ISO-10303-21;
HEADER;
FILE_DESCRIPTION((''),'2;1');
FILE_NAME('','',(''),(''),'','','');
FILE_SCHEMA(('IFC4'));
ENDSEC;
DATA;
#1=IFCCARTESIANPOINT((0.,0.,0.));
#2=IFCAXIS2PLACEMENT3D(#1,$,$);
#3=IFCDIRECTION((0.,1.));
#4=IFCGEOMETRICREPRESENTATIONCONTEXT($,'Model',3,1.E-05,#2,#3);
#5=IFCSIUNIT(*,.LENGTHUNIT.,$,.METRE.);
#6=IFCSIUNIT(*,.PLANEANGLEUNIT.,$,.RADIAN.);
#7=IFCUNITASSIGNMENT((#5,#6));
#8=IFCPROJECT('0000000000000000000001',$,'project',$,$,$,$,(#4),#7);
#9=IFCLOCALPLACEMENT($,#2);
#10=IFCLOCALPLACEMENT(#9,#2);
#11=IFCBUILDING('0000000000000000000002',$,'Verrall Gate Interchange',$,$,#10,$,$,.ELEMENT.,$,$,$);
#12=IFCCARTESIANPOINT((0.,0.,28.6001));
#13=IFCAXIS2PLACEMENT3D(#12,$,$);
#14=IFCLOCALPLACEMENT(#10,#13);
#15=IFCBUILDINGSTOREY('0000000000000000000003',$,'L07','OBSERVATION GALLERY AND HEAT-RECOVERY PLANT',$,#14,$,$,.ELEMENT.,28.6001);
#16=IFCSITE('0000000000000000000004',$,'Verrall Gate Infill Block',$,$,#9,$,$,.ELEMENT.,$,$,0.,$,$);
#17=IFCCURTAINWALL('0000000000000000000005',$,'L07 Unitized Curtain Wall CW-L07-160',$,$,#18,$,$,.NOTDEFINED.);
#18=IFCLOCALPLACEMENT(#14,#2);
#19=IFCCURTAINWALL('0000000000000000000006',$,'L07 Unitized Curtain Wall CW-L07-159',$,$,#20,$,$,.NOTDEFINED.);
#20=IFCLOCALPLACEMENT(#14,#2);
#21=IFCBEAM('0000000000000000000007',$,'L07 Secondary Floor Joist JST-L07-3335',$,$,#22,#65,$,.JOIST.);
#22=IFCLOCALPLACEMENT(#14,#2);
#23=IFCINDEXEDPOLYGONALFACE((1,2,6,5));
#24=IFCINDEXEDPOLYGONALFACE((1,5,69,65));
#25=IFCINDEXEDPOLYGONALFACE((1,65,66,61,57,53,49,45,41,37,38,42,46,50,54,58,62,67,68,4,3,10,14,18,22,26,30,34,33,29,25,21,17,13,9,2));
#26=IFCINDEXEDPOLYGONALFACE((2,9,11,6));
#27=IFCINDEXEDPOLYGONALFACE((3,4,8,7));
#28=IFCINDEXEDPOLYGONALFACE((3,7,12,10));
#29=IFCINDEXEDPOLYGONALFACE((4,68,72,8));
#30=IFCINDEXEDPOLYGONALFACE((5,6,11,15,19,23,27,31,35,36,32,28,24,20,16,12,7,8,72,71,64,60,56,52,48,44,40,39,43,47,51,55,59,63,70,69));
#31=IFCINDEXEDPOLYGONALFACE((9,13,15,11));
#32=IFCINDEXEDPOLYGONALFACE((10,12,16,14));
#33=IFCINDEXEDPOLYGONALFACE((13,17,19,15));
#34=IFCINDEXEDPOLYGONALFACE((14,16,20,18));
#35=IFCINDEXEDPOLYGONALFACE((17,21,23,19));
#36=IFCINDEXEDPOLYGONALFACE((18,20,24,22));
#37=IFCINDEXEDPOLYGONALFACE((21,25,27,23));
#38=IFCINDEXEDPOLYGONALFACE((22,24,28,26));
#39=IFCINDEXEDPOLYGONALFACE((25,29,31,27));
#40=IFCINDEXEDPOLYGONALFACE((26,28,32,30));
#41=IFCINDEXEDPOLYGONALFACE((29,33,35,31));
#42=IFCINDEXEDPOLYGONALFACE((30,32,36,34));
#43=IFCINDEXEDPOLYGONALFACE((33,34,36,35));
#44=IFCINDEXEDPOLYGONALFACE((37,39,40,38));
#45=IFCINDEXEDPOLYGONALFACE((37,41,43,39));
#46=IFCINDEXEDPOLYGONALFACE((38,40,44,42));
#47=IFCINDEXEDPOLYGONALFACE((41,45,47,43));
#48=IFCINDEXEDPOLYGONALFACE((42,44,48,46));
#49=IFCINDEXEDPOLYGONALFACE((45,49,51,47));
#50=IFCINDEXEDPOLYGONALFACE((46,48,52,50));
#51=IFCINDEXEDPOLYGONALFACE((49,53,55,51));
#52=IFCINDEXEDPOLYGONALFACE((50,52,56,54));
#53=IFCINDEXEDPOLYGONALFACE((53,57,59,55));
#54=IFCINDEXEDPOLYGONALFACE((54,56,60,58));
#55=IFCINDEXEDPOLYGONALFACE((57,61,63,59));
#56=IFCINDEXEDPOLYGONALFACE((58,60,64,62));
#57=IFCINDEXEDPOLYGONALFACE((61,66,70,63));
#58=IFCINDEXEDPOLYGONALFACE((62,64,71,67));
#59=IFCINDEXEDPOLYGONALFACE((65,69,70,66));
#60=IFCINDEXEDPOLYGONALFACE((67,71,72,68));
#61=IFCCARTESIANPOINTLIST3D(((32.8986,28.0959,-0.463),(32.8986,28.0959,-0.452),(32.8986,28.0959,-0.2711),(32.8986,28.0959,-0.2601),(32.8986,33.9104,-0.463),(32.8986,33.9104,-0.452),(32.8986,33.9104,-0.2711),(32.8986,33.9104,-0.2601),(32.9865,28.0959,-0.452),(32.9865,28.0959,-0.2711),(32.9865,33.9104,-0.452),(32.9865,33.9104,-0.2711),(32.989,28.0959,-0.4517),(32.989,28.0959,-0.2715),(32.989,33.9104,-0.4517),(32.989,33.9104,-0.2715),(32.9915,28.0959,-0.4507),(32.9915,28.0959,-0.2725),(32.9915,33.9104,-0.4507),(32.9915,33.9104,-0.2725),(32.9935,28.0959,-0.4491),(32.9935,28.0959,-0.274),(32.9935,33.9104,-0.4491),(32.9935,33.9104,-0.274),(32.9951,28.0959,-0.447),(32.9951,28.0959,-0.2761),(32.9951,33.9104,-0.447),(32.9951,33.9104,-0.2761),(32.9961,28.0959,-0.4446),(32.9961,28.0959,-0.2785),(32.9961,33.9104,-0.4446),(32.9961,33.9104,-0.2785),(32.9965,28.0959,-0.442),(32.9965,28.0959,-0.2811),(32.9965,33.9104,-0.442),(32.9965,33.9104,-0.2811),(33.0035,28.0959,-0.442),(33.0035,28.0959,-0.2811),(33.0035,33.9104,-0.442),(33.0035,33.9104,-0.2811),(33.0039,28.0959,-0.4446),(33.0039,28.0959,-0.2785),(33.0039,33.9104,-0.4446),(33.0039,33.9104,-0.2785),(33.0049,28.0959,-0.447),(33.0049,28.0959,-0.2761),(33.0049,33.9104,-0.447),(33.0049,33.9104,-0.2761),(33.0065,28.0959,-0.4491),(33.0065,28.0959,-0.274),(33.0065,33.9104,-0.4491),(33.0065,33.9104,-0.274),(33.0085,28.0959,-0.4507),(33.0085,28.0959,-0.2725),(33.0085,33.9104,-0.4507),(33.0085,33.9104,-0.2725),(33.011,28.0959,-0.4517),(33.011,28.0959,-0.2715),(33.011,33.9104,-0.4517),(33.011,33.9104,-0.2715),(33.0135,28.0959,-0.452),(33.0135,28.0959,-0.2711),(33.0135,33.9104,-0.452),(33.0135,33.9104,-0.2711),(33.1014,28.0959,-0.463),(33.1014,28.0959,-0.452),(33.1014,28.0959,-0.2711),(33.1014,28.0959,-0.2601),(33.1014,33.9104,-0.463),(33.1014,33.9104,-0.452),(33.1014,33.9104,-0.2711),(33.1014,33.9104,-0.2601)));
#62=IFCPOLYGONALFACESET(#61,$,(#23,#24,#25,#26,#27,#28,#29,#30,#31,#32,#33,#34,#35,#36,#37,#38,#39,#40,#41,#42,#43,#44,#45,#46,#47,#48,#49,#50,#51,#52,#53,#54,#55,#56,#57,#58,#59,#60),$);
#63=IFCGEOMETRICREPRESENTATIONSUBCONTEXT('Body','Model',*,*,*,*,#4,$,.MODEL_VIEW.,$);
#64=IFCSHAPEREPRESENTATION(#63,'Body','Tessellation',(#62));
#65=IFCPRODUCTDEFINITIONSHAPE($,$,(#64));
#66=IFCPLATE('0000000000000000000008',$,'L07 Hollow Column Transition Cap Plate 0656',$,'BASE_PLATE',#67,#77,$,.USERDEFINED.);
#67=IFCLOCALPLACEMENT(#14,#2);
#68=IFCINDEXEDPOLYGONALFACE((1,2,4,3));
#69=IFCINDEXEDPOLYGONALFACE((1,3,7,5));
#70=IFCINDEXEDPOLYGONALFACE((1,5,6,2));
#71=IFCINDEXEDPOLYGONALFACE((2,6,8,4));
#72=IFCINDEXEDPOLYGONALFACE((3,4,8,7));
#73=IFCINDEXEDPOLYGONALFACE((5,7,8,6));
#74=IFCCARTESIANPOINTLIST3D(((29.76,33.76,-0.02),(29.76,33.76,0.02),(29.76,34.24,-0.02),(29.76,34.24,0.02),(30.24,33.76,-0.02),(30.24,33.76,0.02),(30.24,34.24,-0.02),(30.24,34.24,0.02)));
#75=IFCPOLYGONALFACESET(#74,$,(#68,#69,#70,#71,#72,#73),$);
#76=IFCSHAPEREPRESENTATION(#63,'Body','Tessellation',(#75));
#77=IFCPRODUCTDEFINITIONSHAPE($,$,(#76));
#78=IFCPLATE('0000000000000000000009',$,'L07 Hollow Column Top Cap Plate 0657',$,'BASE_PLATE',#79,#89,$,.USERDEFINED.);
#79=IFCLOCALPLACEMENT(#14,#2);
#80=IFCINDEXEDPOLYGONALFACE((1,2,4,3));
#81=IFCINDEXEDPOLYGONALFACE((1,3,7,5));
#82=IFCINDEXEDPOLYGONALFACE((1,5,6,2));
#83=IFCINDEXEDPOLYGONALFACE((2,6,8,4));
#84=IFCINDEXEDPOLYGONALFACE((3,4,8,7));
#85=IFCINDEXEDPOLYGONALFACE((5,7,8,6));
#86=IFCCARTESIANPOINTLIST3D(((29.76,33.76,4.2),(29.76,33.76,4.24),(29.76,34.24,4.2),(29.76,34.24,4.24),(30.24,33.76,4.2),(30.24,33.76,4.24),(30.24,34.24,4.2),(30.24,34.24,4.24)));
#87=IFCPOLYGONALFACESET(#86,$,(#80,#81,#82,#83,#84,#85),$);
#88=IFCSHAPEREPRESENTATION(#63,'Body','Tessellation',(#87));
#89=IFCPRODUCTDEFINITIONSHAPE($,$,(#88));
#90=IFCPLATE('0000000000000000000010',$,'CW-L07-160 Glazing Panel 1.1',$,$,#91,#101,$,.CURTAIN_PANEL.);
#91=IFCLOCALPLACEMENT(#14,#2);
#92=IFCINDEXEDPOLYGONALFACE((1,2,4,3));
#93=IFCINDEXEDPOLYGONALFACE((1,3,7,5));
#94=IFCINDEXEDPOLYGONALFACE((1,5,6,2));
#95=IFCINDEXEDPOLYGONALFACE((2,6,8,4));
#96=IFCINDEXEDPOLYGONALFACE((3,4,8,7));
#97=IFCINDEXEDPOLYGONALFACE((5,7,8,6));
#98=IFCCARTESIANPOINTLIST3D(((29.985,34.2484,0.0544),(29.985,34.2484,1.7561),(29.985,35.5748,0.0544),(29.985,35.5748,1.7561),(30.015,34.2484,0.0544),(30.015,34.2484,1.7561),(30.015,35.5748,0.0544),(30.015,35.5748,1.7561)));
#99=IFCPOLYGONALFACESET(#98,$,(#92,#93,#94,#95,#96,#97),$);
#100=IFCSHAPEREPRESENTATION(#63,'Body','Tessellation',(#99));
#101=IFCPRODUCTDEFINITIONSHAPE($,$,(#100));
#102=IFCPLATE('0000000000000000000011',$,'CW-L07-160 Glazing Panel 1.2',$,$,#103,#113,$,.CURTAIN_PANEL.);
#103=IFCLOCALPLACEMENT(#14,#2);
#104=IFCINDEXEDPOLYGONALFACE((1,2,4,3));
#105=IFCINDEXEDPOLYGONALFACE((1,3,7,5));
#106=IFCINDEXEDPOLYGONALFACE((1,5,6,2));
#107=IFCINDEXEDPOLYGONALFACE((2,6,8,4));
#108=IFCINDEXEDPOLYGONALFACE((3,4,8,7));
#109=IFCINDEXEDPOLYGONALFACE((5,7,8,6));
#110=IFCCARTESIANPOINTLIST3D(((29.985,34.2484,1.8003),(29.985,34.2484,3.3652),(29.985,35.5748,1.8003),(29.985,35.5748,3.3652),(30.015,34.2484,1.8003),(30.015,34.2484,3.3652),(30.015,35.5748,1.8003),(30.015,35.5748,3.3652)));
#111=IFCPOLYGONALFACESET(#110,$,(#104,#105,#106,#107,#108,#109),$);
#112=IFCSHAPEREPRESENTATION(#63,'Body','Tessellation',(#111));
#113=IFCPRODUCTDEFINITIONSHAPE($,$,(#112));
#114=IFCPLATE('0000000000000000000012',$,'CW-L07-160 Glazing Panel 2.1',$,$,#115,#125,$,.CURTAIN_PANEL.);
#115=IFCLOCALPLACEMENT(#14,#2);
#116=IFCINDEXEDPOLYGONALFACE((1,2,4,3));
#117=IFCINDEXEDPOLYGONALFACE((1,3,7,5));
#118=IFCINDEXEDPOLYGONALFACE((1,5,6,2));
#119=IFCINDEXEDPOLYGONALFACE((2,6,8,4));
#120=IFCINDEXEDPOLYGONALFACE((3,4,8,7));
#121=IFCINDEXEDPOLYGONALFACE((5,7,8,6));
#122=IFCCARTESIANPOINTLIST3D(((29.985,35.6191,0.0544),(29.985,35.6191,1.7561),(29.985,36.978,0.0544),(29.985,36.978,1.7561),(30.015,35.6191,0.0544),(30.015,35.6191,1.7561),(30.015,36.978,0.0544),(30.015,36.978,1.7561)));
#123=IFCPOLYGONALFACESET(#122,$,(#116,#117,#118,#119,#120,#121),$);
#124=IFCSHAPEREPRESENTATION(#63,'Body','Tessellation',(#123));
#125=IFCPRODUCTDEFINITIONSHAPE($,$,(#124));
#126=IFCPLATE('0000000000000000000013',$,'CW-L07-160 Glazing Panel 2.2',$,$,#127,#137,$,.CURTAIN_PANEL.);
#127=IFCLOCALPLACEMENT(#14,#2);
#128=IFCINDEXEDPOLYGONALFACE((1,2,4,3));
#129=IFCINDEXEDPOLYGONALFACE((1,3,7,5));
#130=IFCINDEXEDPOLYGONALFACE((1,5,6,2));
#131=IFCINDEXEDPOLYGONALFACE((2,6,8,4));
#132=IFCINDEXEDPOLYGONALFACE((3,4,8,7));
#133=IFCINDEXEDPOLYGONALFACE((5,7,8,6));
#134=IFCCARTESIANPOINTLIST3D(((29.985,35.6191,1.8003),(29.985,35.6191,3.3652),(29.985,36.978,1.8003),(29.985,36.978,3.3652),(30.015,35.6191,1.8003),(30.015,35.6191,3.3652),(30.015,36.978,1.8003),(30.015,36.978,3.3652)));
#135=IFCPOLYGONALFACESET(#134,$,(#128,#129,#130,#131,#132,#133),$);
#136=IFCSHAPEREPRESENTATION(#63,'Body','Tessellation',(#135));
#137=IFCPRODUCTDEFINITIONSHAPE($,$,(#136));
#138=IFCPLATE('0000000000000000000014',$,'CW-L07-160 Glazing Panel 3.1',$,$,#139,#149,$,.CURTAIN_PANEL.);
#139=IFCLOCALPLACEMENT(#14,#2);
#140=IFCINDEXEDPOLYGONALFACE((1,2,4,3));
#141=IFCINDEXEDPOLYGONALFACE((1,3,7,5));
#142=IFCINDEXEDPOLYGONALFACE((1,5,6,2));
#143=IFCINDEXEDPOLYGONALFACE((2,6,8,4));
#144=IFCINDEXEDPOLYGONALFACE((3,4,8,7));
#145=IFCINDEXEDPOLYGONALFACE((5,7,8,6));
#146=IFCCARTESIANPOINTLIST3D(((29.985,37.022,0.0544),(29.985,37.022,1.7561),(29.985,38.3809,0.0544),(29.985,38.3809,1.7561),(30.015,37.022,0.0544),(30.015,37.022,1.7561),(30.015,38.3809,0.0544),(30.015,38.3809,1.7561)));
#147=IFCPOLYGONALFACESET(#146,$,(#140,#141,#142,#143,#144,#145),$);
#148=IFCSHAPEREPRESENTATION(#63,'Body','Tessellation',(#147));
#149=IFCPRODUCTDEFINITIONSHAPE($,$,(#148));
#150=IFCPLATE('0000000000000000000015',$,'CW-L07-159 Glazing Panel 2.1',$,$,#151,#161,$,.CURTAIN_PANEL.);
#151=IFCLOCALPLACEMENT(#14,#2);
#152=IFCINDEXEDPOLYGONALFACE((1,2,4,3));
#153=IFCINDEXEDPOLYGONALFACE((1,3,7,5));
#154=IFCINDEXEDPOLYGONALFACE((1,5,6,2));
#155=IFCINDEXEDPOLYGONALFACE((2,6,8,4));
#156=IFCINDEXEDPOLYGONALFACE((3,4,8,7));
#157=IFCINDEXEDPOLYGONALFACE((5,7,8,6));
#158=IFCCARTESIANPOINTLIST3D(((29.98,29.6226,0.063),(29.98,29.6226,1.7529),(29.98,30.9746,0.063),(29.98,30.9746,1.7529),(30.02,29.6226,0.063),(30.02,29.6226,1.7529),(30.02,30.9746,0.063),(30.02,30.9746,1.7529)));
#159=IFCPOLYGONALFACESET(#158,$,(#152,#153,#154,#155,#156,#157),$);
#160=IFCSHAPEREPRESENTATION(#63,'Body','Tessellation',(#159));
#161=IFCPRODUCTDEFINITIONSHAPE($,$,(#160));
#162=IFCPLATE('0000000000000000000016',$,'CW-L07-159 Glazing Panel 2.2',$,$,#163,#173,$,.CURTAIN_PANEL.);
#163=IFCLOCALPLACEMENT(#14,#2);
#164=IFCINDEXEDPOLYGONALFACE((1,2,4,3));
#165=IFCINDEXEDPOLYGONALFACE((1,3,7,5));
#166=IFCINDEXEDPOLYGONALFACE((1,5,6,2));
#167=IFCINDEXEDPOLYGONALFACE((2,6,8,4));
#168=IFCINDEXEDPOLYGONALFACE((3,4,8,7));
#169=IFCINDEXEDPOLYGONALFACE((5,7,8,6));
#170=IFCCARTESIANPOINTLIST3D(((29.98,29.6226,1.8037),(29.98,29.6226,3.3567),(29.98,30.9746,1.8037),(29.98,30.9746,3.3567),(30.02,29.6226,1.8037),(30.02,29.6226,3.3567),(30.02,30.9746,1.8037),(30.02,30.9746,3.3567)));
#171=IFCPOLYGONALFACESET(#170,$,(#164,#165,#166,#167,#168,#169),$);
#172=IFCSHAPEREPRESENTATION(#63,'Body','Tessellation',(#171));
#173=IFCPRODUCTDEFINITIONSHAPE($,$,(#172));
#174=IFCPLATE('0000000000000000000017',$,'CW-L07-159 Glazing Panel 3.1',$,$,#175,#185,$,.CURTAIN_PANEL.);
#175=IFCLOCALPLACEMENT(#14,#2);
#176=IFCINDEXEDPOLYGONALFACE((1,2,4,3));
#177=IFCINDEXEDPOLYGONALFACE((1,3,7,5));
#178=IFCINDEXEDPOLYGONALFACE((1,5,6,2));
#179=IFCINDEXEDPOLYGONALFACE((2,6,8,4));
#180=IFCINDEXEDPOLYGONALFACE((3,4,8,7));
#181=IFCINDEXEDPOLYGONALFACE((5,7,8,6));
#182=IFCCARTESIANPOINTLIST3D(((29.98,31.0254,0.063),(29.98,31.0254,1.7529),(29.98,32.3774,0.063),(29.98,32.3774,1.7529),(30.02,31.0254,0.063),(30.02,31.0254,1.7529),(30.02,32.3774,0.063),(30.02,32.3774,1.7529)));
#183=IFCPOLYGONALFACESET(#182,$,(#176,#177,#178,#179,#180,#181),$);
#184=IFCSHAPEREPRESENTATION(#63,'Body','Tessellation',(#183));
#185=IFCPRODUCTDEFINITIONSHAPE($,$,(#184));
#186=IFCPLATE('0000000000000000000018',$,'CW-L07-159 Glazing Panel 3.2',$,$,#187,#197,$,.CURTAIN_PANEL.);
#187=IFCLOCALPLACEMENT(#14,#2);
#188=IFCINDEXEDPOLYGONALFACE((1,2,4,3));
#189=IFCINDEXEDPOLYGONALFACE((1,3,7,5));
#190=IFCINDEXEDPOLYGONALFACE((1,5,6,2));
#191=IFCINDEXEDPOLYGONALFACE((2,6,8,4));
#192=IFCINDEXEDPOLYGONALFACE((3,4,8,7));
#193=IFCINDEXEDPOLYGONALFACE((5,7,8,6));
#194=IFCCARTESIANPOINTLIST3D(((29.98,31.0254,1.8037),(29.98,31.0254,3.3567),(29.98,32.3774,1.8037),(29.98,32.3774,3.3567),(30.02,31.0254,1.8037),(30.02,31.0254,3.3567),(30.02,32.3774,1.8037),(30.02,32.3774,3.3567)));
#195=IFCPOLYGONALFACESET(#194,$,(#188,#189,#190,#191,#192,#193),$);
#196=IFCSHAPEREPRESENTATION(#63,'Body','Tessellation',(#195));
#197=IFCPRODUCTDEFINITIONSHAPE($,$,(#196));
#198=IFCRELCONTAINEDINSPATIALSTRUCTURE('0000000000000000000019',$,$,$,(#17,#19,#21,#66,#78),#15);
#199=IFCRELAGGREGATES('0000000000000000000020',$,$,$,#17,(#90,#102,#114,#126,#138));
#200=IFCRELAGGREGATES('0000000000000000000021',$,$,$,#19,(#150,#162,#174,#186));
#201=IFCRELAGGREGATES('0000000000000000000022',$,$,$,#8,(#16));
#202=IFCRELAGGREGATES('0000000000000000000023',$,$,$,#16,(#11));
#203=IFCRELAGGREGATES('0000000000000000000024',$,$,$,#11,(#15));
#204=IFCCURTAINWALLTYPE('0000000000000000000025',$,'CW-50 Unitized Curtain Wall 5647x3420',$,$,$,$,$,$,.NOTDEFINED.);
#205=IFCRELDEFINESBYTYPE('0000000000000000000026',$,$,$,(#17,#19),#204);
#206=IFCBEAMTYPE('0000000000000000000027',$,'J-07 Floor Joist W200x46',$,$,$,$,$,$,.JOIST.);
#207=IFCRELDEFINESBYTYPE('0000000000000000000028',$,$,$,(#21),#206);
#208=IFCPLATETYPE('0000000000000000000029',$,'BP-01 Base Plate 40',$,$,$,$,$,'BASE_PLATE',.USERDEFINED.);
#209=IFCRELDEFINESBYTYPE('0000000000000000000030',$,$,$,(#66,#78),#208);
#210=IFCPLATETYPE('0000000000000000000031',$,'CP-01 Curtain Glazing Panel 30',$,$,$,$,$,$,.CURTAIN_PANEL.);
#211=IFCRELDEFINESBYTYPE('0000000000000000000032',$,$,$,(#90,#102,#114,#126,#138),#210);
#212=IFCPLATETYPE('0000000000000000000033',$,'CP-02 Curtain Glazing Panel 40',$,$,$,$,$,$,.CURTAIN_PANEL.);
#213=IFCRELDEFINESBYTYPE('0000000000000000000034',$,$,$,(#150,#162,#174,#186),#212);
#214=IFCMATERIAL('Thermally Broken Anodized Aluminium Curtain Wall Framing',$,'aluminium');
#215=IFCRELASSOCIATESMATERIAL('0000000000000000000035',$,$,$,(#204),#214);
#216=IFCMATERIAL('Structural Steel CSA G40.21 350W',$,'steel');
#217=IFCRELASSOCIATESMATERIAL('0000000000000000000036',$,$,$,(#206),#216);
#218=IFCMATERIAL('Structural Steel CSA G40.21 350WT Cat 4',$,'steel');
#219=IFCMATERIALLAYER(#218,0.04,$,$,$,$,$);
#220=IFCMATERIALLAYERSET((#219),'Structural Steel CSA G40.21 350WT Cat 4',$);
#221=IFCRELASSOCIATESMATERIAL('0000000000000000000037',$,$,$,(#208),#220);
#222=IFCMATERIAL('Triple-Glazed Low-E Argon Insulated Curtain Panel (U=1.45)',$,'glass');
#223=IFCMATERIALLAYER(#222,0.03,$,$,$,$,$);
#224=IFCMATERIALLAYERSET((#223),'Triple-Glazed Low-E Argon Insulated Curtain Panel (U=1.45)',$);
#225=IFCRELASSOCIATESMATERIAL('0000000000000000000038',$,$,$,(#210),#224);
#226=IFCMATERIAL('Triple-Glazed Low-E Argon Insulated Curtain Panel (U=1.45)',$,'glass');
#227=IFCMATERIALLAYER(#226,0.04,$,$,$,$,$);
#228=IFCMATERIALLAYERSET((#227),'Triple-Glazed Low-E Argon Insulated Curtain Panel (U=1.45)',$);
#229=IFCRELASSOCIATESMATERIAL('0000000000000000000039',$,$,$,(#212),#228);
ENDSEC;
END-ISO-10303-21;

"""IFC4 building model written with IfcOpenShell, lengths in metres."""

from ifc_helpers import new_model, si_unit, direction, frame, origin, origin_2d, place, context, subcontext, project, spatial, rectangle, i_section, extrude, material, layer, layer_set, material_profile, profile_set, type_object, element, aggregate, save


model = new_model("IFC4")

# Units and contexts
model_context = context("Model", 3, precision=1e-05, world=origin(), true_north=direction((0.0, 1.0)))
body_context = subcontext(model_context, "Body", "Model", "MODEL_VIEW")
ifc_project = project(units=[si_unit("LENGTHUNIT", "METRE"), si_unit("PLANEANGLEUNIT", "RADIAN")], contexts=[model_context])

# Site, building, storey
site_placement = place(None, origin())
site = spatial("IfcSite", under=ifc_project, at=site_placement, Name="Verrall Gate Infill Block", CompositionType="ELEMENT", RefElevation=0.0)
building_placement = place(site_placement, origin())
building = spatial("IfcBuilding", under=site, at=building_placement, Name="Verrall Gate Interchange", CompositionType="ELEMENT")
storey_placement = place(building_placement, frame((0.0, 0.0, 28.6001)))
storey = spatial("IfcBuildingStorey", under=building, at=storey_placement, Name="L07", Description="OBSERVATION GALLERY AND HEAT-RECOVERY PLANT", CompositionType="ELEMENT", Elevation=28.6001)

# Curtain walls
ifc_material_1 = material(Name="Thermally Broken Anodized Aluminium Curtain Wall Framing", Category="aluminium")
curtain_wall_type = type_object("IfcCurtainWallType", Name="CW-50 Unitized Curtain Wall 5647x3420", PredefinedType="NOTDEFINED", material=ifc_material_1)
curtain_wall_1_placement = place(storey_placement, origin())
curtain_wall_1 = element("IfcCurtainWall", 1, at=curtain_wall_1_placement, inside=storey, type_object=curtain_wall_type, Name="L07 Unitized Curtain Wall CW-L07-160", PredefinedType="NOTDEFINED")
curtain_wall_2_placement = place(storey_placement, origin())
curtain_wall_2 = element("IfcCurtainWall", 2, at=curtain_wall_2_placement, inside=storey, type_object=curtain_wall_type, Name="L07 Unitized Curtain Wall CW-L07-159", PredefinedType="NOTDEFINED")

# Beam
ifc_material_2 = material(Name="Structural Steel CSA G40.21 350W", Category="steel")
ifc_material_profile_1 = material_profile(ifc_material_2, i_section(OverallWidth=0.2029, OverallDepth=0.2029, WebThickness=0.0071, FlangeThickness=0.011, FilletRadius=0.01, at=origin_2d()), Name="W200x46")
ifc_profile_set_1 = profile_set([ifc_material_profile_1], Name="Structural Steel CSA G40.21 350W")
beam_type_1 = type_object("IfcBeamType", Name="J-07 Floor Joist W200x46", PredefinedType="JOIST", material=ifc_profile_set_1)
beam_1_placement = place(storey_placement, frame((33.0, 28.0959, -0.3616), z_axis=(0.0, 1.0, 0.0), x_axis=(-1.0, 0.0, 0.0)))
element("IfcBeam", 3, at=beam_1_placement, inside=storey, type_object=beam_type_1, Name="L07 Secondary Floor Joist JST-L07-3335", PredefinedType="JOIST", context=body_context, shape_type="SweptSolid", body=[
    extrude(i_section(OverallWidth=0.2029, OverallDepth=0.2029, WebThickness=0.0071, FlangeThickness=0.011, FilletRadius=0.01, at=origin_2d()), origin(), (0.0, 0.0, 1.0), 5.8145),
])

# Plates
ifc_material_3 = material(Name="Structural Steel CSA G40.21 350WT Cat 4", Category="steel")
ifc_layer_1 = layer(ifc_material_3, 0.04)
ifc_layer_set_1 = layer_set([ifc_layer_1], Name="Structural Steel CSA G40.21 350WT Cat 4")
plate_type_1 = type_object("IfcPlateType", Name="BP-01 Base Plate 40", ElementType="BASE_PLATE", PredefinedType="USERDEFINED", material=ifc_layer_set_1)
for number, where, z_axis, x_axis, name in (
    (4, (30.0, 34.0, -0.02), (0.0, 0.0, 1.0), (1.0, 0.0, 0.0), "L07 Hollow Column Transition Cap Plate 0656"),
    (5, (30.0, 34.0, 4.2), (0.0, 0.0, 1.0), (1.0, 0.0, 0.0), "L07 Hollow Column Top Cap Plate 0657"),
):
    element("IfcPlate", number, at=place(storey_placement, frame(where, z_axis=z_axis, x_axis=x_axis)), inside=storey, type_object=plate_type_1, Name=name, ObjectType="BASE_PLATE", PredefinedType="USERDEFINED", context=body_context, shape_type="SweptSolid", body=[
        extrude(rectangle(XDim=0.48, YDim=0.48, at=origin_2d()), origin(), (0.0, 0.0, 1.0), 0.04),
    ])

# Plates
ifc_material_4 = material(Name="Triple-Glazed Low-E Argon Insulated Curtain Panel (U=1.45)", Category="glass")
ifc_layer_2 = layer(ifc_material_4, 0.03)
ifc_layer_set_2 = layer_set([ifc_layer_2], Name="Triple-Glazed Low-E Argon Insulated Curtain Panel (U=1.45)")
plate_type_2 = type_object("IfcPlateType", Name="CP-01 Curtain Glazing Panel 30", PredefinedType="CURTAIN_PANEL", material=ifc_layer_set_2)
plate_1_placement = place(storey_placement, frame((30.0, 34.9116, 0.0544), z_axis=(0.0, 0.0, 1.0), x_axis=(0.0, 1.0, 0.0)))
plate_1 = element("IfcPlate", 6, at=plate_1_placement, type_object=plate_type_2, Name="CW-L07-160 Glazing Panel 1.1", PredefinedType="CURTAIN_PANEL", context=body_context, shape_type="SweptSolid", body=[
    extrude(rectangle(XDim=1.3264, YDim=0.03, at=origin_2d()), origin(), (0.0, 0.0, 1.0), 1.7017),
])
plate_2_placement = place(storey_placement, frame((30.0, 34.9116, 1.8003), z_axis=(0.0, 0.0, 1.0), x_axis=(0.0, 1.0, 0.0)))
plate_2 = element("IfcPlate", 7, at=plate_2_placement, type_object=plate_type_2, Name="CW-L07-160 Glazing Panel 1.2", PredefinedType="CURTAIN_PANEL", context=body_context, shape_type="SweptSolid", body=[
    extrude(rectangle(XDim=1.3264, YDim=0.03, at=origin_2d()), origin(), (0.0, 0.0, 1.0), 1.5649),
])
plate_3_placement = place(storey_placement, frame((30.0, 36.2986, 0.0544), z_axis=(0.0, 0.0, 1.0), x_axis=(0.0, 1.0, 0.0)))
plate_3 = element("IfcPlate", 8, at=plate_3_placement, type_object=plate_type_2, Name="CW-L07-160 Glazing Panel 2.1", PredefinedType="CURTAIN_PANEL", context=body_context, shape_type="SweptSolid", body=[
    extrude(rectangle(XDim=1.3589, YDim=0.03, at=origin_2d()), origin(), (0.0, 0.0, 1.0), 1.7017),
])
plate_4_placement = place(storey_placement, frame((30.0, 36.2986, 1.8003), z_axis=(0.0, 0.0, 1.0), x_axis=(0.0, 1.0, 0.0)))
plate_4 = element("IfcPlate", 9, at=plate_4_placement, type_object=plate_type_2, Name="CW-L07-160 Glazing Panel 2.2", PredefinedType="CURTAIN_PANEL", context=body_context, shape_type="SweptSolid", body=[
    extrude(rectangle(XDim=1.3589, YDim=0.03, at=origin_2d()), origin(), (0.0, 0.0, 1.0), 1.5649),
])
plate_5_placement = place(storey_placement, frame((30.0, 37.7014, 0.0544), z_axis=(0.0, 0.0, 1.0), x_axis=(0.0, 1.0, 0.0)))
plate_5 = element("IfcPlate", 10, at=plate_5_placement, type_object=plate_type_2, Name="CW-L07-160 Glazing Panel 3.1", PredefinedType="CURTAIN_PANEL", context=body_context, shape_type="SweptSolid", body=[
    extrude(rectangle(XDim=1.3589, YDim=0.03, at=origin_2d()), origin(), (0.0, 0.0, 1.0), 1.7017),
])
aggregate(curtain_wall_1, [plate_1, plate_2, plate_3, plate_4, plate_5])
ifc_material_5 = material(Name="Triple-Glazed Low-E Argon Insulated Curtain Panel (U=1.45)", Category="glass")
ifc_layer_3 = layer(ifc_material_5, 0.04)
ifc_layer_set_3 = layer_set([ifc_layer_3], Name="Triple-Glazed Low-E Argon Insulated Curtain Panel (U=1.45)")
plate_type_3 = type_object("IfcPlateType", Name="CP-02 Curtain Glazing Panel 40", PredefinedType="CURTAIN_PANEL", material=ifc_layer_set_3)
plate_6_placement = place(storey_placement, frame((30.0, 30.2986, 0.063), z_axis=(0.0, 0.0, 1.0), x_axis=(0.0, 1.0, 0.0)))
plate_6 = element("IfcPlate", 11, at=plate_6_placement, type_object=plate_type_3, Name="CW-L07-159 Glazing Panel 2.1", PredefinedType="CURTAIN_PANEL", context=body_context, shape_type="SweptSolid", body=[
    extrude(rectangle(XDim=1.3521, YDim=0.04, at=origin_2d()), origin(), (0.0, 0.0, 1.0), 1.6899),
])
plate_7_placement = place(storey_placement, frame((30.0, 30.2986, 1.8037), z_axis=(0.0, 0.0, 1.0), x_axis=(0.0, 1.0, 0.0)))
plate_7 = element("IfcPlate", 12, at=plate_7_placement, type_object=plate_type_3, Name="CW-L07-159 Glazing Panel 2.2", PredefinedType="CURTAIN_PANEL", context=body_context, shape_type="SweptSolid", body=[
    extrude(rectangle(XDim=1.3521, YDim=0.04, at=origin_2d()), origin(), (0.0, 0.0, 1.0), 1.553),
])
plate_8_placement = place(storey_placement, frame((30.0, 31.7014, 0.063), z_axis=(0.0, 0.0, 1.0), x_axis=(0.0, 1.0, 0.0)))
plate_8 = element("IfcPlate", 13, at=plate_8_placement, type_object=plate_type_3, Name="CW-L07-159 Glazing Panel 3.1", PredefinedType="CURTAIN_PANEL", context=body_context, shape_type="SweptSolid", body=[
    extrude(rectangle(XDim=1.3521, YDim=0.04, at=origin_2d()), origin(), (0.0, 0.0, 1.0), 1.6899),
])
plate_9_placement = place(storey_placement, frame((30.0, 31.7014, 1.8037), z_axis=(0.0, 0.0, 1.0), x_axis=(0.0, 1.0, 0.0)))
plate_9 = element("IfcPlate", 14, at=plate_9_placement, type_object=plate_type_3, Name="CW-L07-159 Glazing Panel 3.2", PredefinedType="CURTAIN_PANEL", context=body_context, shape_type="SweptSolid", body=[
    extrude(rectangle(XDim=1.3521, YDim=0.04, at=origin_2d()), origin(), (0.0, 0.0, 1.0), 1.553),
])
aggregate(curtain_wall_2, [plate_6, plate_7, plate_8, plate_9])

save(model, "model.ifc")
